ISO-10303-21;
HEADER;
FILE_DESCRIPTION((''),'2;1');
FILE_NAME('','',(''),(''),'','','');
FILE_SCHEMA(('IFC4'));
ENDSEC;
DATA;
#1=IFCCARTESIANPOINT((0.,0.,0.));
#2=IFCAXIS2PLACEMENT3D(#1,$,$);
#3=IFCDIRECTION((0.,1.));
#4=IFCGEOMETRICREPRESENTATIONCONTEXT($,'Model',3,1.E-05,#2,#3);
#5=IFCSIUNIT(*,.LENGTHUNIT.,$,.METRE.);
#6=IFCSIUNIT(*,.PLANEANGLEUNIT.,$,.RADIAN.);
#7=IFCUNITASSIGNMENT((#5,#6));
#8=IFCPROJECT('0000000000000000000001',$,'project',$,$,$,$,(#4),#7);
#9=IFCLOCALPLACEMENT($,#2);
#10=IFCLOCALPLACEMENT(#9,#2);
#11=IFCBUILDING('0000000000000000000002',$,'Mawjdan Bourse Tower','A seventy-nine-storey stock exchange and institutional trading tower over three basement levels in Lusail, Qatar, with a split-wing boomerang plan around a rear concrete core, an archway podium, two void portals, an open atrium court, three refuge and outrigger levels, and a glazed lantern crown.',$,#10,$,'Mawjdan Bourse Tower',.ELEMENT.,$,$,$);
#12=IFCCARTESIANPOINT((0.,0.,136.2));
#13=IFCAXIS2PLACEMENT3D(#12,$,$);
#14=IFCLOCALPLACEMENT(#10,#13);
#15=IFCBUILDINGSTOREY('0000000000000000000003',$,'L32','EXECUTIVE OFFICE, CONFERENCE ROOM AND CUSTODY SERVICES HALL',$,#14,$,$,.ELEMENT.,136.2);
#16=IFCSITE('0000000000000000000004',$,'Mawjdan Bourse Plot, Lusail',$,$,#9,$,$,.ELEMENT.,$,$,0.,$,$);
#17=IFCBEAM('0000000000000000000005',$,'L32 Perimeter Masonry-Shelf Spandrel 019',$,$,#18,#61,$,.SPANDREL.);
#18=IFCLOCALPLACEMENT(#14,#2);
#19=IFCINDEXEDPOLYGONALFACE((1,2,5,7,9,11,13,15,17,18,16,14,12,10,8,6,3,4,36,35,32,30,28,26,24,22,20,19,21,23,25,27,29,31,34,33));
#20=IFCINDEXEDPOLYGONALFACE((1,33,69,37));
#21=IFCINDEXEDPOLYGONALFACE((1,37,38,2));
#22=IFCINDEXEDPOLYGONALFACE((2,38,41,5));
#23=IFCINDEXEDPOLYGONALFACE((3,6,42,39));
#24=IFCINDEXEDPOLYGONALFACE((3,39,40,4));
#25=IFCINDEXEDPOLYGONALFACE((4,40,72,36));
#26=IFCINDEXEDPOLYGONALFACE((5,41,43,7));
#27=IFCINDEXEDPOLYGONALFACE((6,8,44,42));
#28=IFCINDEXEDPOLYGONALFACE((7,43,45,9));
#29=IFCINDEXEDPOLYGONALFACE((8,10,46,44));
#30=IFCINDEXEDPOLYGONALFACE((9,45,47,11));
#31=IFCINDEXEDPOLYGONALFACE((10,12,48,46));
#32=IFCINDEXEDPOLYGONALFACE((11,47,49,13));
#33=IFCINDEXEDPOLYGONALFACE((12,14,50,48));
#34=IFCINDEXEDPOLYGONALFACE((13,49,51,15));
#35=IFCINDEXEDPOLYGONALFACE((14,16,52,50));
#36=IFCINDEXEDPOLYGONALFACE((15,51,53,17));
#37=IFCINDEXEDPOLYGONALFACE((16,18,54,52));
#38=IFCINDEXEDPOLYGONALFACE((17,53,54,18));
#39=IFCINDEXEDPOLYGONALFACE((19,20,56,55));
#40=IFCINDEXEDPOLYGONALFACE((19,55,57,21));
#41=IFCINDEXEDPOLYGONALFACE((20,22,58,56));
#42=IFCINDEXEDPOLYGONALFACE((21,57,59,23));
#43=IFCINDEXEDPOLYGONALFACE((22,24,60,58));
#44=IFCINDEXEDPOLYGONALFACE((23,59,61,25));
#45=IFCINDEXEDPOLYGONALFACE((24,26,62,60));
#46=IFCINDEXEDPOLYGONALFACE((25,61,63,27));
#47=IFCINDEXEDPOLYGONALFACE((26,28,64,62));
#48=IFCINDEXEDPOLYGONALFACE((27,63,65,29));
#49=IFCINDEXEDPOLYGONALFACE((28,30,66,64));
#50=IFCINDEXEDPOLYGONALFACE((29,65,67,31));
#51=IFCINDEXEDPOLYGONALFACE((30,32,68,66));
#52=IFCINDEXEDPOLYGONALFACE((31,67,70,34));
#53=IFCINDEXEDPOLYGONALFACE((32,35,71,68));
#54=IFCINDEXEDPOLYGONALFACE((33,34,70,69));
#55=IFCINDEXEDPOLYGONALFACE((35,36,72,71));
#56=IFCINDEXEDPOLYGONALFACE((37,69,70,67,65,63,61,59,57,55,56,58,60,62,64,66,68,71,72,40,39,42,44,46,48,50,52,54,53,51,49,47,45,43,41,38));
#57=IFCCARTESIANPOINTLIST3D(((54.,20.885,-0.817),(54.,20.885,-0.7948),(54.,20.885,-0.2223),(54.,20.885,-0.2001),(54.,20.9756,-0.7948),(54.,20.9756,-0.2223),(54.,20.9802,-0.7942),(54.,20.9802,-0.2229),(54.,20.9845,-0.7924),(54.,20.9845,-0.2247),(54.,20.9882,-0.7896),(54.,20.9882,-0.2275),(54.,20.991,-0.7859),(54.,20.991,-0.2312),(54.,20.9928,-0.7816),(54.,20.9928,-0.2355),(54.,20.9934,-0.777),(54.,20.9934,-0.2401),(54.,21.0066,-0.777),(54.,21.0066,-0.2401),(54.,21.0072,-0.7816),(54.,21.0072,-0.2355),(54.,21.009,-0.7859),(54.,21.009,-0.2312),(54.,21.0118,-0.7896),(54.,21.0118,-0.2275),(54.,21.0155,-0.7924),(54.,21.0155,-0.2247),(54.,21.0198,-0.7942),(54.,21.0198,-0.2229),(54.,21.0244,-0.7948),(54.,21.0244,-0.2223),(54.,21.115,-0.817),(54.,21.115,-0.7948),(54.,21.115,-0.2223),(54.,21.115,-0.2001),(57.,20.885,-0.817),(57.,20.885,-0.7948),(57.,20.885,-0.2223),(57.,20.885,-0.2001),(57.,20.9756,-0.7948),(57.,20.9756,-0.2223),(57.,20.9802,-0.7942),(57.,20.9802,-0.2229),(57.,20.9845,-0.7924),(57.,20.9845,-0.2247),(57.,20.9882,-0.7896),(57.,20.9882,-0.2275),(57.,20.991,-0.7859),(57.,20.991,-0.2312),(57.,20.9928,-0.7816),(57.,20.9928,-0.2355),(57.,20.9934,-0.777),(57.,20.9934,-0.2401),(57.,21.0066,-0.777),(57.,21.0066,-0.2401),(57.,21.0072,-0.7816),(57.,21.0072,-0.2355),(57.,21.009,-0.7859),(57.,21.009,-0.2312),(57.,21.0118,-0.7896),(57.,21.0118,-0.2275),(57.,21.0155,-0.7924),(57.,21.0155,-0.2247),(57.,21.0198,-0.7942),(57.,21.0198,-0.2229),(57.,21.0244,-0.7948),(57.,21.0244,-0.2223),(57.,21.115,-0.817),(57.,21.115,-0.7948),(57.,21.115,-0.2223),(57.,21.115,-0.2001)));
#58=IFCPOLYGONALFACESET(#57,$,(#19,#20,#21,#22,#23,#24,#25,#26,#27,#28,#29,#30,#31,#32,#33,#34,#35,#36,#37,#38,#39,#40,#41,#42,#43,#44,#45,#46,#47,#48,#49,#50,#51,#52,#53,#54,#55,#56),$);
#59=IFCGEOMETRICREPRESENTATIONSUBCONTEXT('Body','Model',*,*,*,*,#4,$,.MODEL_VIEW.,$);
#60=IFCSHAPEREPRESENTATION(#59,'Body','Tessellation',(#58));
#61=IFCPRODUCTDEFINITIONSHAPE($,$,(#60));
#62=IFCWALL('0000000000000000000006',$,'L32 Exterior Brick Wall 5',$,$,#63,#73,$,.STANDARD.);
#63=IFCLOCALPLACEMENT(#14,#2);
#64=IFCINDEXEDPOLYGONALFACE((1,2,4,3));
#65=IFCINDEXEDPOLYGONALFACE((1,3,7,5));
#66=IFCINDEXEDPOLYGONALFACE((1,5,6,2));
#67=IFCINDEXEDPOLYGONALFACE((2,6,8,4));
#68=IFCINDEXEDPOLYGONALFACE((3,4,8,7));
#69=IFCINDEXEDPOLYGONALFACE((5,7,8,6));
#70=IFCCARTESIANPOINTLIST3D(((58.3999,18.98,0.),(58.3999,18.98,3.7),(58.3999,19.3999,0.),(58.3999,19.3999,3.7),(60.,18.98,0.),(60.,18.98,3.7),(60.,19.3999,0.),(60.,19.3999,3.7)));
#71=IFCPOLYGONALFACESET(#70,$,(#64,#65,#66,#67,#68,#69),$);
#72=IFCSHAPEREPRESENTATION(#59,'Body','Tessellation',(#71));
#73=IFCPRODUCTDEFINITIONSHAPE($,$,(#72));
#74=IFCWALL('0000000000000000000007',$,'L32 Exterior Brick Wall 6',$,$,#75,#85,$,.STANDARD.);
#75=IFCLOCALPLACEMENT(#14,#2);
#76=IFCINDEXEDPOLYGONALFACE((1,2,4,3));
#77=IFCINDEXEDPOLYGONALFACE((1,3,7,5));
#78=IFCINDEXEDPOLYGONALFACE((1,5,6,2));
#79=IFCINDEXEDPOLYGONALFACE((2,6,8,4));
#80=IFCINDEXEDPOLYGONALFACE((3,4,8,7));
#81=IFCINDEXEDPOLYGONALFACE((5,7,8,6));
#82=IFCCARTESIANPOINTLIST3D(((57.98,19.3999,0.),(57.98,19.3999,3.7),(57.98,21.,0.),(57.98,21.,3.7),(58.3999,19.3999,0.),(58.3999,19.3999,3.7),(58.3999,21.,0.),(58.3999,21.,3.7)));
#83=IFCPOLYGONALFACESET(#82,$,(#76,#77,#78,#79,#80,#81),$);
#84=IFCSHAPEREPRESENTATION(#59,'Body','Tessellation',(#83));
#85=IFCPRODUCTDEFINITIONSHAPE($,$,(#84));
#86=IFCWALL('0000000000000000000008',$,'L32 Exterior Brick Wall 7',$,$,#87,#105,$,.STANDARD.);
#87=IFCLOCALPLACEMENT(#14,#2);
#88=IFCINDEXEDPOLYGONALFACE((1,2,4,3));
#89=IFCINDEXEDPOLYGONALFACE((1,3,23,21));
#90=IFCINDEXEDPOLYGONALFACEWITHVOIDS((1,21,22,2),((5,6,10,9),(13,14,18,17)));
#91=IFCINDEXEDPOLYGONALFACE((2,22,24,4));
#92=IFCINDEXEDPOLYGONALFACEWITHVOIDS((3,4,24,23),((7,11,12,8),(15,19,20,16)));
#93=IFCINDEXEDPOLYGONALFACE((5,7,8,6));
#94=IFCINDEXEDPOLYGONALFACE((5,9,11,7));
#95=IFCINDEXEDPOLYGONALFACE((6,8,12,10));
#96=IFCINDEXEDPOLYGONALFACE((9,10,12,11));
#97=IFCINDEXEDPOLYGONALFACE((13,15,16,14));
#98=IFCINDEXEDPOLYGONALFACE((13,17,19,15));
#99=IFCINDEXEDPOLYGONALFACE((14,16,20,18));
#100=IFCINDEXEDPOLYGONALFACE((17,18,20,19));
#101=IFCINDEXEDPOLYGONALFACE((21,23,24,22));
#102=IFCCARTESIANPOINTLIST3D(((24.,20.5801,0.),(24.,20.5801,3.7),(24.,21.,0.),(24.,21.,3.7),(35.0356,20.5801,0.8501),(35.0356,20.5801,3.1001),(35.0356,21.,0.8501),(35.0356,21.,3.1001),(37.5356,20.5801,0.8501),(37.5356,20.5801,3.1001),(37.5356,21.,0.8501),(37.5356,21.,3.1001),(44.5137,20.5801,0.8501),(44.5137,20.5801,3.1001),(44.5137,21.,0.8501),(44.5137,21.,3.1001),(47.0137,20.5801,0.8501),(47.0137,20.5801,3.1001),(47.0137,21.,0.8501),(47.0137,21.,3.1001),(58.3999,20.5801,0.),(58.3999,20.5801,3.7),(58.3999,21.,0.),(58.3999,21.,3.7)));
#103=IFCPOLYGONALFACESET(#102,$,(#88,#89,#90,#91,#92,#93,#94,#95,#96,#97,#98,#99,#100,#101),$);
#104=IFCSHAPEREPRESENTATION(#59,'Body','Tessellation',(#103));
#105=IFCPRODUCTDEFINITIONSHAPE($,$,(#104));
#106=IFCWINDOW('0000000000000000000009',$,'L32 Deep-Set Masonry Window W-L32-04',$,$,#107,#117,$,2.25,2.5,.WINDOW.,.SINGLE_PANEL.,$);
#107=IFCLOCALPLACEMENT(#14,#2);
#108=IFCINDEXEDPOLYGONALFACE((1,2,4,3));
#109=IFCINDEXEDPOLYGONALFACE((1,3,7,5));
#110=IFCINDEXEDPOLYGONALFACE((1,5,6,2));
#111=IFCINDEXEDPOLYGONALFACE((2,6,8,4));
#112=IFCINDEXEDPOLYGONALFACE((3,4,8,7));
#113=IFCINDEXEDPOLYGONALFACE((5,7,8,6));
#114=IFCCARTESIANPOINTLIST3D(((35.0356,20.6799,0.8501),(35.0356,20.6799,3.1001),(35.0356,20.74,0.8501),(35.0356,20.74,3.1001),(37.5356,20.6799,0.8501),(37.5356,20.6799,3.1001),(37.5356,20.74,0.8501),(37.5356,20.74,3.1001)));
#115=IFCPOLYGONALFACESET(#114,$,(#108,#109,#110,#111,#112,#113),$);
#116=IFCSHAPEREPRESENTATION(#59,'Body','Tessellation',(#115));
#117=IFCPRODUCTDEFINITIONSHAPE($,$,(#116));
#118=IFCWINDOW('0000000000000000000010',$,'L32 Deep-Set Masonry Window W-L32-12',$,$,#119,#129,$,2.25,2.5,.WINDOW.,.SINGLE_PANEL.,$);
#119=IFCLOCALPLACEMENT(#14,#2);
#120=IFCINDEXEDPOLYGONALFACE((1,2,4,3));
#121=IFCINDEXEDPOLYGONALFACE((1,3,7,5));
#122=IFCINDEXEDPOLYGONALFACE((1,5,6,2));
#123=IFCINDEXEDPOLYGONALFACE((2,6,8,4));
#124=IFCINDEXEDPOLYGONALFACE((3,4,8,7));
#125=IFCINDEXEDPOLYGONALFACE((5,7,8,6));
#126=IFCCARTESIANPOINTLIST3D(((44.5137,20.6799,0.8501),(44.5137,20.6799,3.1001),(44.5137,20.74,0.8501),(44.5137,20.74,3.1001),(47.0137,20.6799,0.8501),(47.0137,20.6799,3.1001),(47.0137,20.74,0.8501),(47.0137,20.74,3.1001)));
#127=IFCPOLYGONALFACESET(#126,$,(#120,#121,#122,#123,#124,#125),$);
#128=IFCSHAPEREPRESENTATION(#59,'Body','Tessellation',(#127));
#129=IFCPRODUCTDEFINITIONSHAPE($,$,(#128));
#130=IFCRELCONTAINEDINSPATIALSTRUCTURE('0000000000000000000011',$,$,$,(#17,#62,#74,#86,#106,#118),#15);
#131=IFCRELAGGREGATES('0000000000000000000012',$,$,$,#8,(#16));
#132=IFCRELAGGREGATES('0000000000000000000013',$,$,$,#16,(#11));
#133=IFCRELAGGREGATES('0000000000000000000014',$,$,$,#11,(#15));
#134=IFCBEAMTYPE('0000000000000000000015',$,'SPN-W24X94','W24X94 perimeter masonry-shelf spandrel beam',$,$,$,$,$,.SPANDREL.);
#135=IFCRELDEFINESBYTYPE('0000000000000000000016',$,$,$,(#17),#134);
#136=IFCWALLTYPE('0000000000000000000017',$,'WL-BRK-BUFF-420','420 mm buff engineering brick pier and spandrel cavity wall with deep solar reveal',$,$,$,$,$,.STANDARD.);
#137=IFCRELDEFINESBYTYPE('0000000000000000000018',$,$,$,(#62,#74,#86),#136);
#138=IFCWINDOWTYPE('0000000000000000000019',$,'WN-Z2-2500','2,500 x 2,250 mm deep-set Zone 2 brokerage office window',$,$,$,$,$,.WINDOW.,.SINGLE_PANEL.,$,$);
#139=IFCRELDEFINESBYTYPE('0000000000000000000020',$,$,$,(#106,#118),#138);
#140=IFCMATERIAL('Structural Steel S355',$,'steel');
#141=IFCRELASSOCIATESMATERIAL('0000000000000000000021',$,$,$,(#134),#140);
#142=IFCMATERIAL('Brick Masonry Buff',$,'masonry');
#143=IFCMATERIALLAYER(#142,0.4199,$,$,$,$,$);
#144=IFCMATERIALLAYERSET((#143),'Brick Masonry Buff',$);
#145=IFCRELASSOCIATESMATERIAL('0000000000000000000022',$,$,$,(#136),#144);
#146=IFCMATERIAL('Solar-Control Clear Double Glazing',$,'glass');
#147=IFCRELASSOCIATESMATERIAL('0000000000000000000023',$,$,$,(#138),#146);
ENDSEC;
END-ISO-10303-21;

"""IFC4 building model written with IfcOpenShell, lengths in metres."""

from ifc_helpers import new_model, si_unit, direction, frame, frame_2d, origin, origin_2d, place, context, subcontext, project, spatial, rectangle, i_section, extrude, material, layer, layer_set, material_profile, profile_set, type_object, element, fill, save


model = new_model("IFC4")

# Units and contexts
model_context = context("Model", 3, precision=1e-05, world=origin(), true_north=direction((0.0, 1.0)))
body_context = subcontext(model_context, "Body", "Model", "MODEL_VIEW")
ifc_project = project(units=[si_unit("LENGTHUNIT", "METRE"), si_unit("PLANEANGLEUNIT", "RADIAN")], contexts=[model_context])

# Site, building, storey
site_placement = place(None, origin())
site = spatial("IfcSite", under=ifc_project, at=site_placement, Name="Mawjdan Bourse Plot, Lusail", CompositionType="ELEMENT", RefElevation=0.0)
building_placement = place(site_placement, origin())
building = spatial("IfcBuilding", under=site, at=building_placement, Name="Mawjdan Bourse Tower", Description="A seventy-nine-storey stock exchange and institutional trading tower over three basement levels in Lusail, Qatar, with a split-wing boomerang plan around a rear concrete core, an archway podium, two void portals, an open atrium court, three refuge and outrigger levels, and a glazed lantern crown.", LongName="Mawjdan Bourse Tower", CompositionType="ELEMENT")
storey_placement = place(building_placement, frame((0.0, 0.0, 136.2)))
storey = spatial("IfcBuildingStorey", under=building, at=storey_placement, Name="L32", Description="EXECUTIVE OFFICE, CONFERENCE ROOM AND CUSTODY SERVICES HALL", CompositionType="ELEMENT", Elevation=136.2)

# Beam
ifc_material_1 = material(Name="Structural Steel S355", Category="steel")
ifc_material_profile_1 = material_profile(ifc_material_1, i_section(OverallWidth=0.23, OverallDepth=0.6169, WebThickness=0.0132, FlangeThickness=0.0222, FilletRadius=0.0178, at=origin_2d()), Name="W24X94")
ifc_profile_set_1 = profile_set([ifc_material_profile_1], Name="Structural Steel S355")
beam_type_1 = type_object("IfcBeamType", Name="SPN-W24X94", Description="W24X94 perimeter masonry-shelf spandrel beam", PredefinedType="SPANDREL", material=ifc_profile_set_1)
for number, where, z_axis, x_axis, name in (
    (1, (54.0, 21.0, -0.5085), (1.0, 0.0, 0.0), (0.0, 1.0, 0.0), "L32 Perimeter Masonry-Shelf Spandrel 019"),
):
    element("IfcBeam", number, at=place(storey_placement, frame(where, z_axis=z_axis, x_axis=x_axis)), inside=storey, type_object=beam_type_1, Name=name, PredefinedType="SPANDREL", context=body_context, shape_type="SweptSolid", body=[
        extrude(i_section(OverallWidth=0.23, OverallDepth=0.6169, WebThickness=0.0132, FlangeThickness=0.0222, FilletRadius=0.0178, at=origin_2d()), origin(), (0.0, 0.0, 1.0), 3.0),
    ])

# Walls
ifc_material_2 = material(Name="Brick Masonry Buff", Category="masonry")
ifc_layer_1 = layer(ifc_material_2, 0.4199)
ifc_layer_set_1 = layer_set([ifc_layer_1], Name="Brick Masonry Buff")
wall_type_1 = type_object("IfcWallType", Name="WL-BRK-BUFF-420", Description="420 mm buff engineering brick pier and spandrel cavity wall with deep solar reveal", PredefinedType="STANDARD", material=ifc_layer_set_1)
for number, where, z_axis, x_axis, name in (
    (2, (60.0, 19.1899, 0.0), (0.0, 0.0, 1.0), (-1.0, 0.0, 0.0), "L32 Exterior Brick Wall 5"),
    (3, (58.1899, 19.3999, 0.0), (0.0, 0.0, 1.0), (0.0, 1.0, 0.0), "L32 Exterior Brick Wall 6"),
):
    element("IfcWall", number, at=place(storey_placement, frame(where, z_axis=z_axis, x_axis=x_axis)), inside=storey, type_object=wall_type_1, Name=name, PredefinedType="STANDARD", context=body_context, shape_type="SweptSolid", body=[
        extrude(rectangle(XDim=1.6001, YDim=0.4199, at=frame_2d((0.8, 0.0))), origin(), (0.0, 0.0, 1.0), 3.7),
    ])

# Wall, openings, windows
wall_1_placement = place(storey_placement, frame((58.3999, 20.79, 0.0), z_axis=(0.0, 0.0, 1.0), x_axis=(-1.0, 0.0, 0.0)))
wall_1 = element("IfcWall", 4, at=wall_1_placement, inside=storey, type_object=wall_type_1, Name="L32 Exterior Brick Wall 7", PredefinedType="STANDARD", context=body_context, shape_type="SweptSolid", body=[
    extrude(rectangle(XDim=34.3999, YDim=0.4199, at=frame_2d((17.2, 0.0))), origin(), (0.0, 0.0, 1.0), 3.7),
])
opening_1_placement = place(wall_1_placement, frame((20.8643, 0.0, 0.8501)))
opening_1 = element("IfcOpeningElement", 5, at=opening_1_placement, cuts=wall_1, PredefinedType="OPENING", context=body_context, shape_type="SweptSolid", body=[
    extrude(rectangle(XDim=2.5, YDim=2.25, at=frame_2d((1.25, 1.125))), frame((0.0, 0.22, 0.0), z_axis=(0.0, -1.0, 0.0), x_axis=(1.0, 0.0, 0.0)), (0.0, 0.0, 1.0), 0.4399),
])
opening_2_placement = place(wall_1_placement, frame((11.3862, 0.0, 0.8501)))
opening_2 = element("IfcOpeningElement", 6, at=opening_2_placement, cuts=wall_1, PredefinedType="OPENING", context=body_context, shape_type="SweptSolid", body=[
    extrude(rectangle(XDim=2.5, YDim=2.25, at=frame_2d((1.25, 1.125))), frame((0.0, 0.22, 0.0), z_axis=(0.0, -1.0, 0.0), x_axis=(1.0, 0.0, 0.0)), (0.0, 0.0, 1.0), 0.4399),
])
ifc_material_3 = material(Name="Solar-Control Clear Double Glazing", Category="glass")
window_type = type_object("IfcWindowType", Name="WN-Z2-2500", Description="2,500 x 2,250 mm deep-set Zone 2 brokerage office window", PartitioningType="SINGLE_PANEL", PredefinedType="WINDOW", material=ifc_material_3)
window_1_placement = place(opening_1_placement, origin())
window_1 = element("IfcWindow", 7, at=window_1_placement, inside=storey, type_object=window_type, Name="L32 Deep-Set Masonry Window W-L32-04", OverallHeight=2.25, OverallWidth=2.5, PartitioningType="SINGLE_PANEL", PredefinedType="WINDOW", context=body_context, shape_type="SweptSolid", body=[
    extrude(rectangle(XDim=2.5, YDim=2.25, at=frame_2d((1.25, 1.125))), frame((0.0, 0.1101, 0.0), z_axis=(0.0, -1.0, 0.0), x_axis=(1.0, 0.0, 0.0)), (0.0, 0.0, 1.0), 0.0601),
])
fill(opening_1, window_1)
window_2_placement = place(opening_2_placement, origin())
window_2 = element("IfcWindow", 8, at=window_2_placement, inside=storey, type_object=window_type, Name="L32 Deep-Set Masonry Window W-L32-12", OverallHeight=2.25, OverallWidth=2.5, PartitioningType="SINGLE_PANEL", PredefinedType="WINDOW", context=body_context, shape_type="SweptSolid", body=[
    extrude(rectangle(XDim=2.5, YDim=2.25, at=frame_2d((1.25, 1.125))), frame((0.0, 0.1101, 0.0), z_axis=(0.0, -1.0, 0.0), x_axis=(1.0, 0.0, 0.0)), (0.0, 0.0, 1.0), 0.0601),
])
fill(opening_2, window_2)

save(model, "model.ifc")
